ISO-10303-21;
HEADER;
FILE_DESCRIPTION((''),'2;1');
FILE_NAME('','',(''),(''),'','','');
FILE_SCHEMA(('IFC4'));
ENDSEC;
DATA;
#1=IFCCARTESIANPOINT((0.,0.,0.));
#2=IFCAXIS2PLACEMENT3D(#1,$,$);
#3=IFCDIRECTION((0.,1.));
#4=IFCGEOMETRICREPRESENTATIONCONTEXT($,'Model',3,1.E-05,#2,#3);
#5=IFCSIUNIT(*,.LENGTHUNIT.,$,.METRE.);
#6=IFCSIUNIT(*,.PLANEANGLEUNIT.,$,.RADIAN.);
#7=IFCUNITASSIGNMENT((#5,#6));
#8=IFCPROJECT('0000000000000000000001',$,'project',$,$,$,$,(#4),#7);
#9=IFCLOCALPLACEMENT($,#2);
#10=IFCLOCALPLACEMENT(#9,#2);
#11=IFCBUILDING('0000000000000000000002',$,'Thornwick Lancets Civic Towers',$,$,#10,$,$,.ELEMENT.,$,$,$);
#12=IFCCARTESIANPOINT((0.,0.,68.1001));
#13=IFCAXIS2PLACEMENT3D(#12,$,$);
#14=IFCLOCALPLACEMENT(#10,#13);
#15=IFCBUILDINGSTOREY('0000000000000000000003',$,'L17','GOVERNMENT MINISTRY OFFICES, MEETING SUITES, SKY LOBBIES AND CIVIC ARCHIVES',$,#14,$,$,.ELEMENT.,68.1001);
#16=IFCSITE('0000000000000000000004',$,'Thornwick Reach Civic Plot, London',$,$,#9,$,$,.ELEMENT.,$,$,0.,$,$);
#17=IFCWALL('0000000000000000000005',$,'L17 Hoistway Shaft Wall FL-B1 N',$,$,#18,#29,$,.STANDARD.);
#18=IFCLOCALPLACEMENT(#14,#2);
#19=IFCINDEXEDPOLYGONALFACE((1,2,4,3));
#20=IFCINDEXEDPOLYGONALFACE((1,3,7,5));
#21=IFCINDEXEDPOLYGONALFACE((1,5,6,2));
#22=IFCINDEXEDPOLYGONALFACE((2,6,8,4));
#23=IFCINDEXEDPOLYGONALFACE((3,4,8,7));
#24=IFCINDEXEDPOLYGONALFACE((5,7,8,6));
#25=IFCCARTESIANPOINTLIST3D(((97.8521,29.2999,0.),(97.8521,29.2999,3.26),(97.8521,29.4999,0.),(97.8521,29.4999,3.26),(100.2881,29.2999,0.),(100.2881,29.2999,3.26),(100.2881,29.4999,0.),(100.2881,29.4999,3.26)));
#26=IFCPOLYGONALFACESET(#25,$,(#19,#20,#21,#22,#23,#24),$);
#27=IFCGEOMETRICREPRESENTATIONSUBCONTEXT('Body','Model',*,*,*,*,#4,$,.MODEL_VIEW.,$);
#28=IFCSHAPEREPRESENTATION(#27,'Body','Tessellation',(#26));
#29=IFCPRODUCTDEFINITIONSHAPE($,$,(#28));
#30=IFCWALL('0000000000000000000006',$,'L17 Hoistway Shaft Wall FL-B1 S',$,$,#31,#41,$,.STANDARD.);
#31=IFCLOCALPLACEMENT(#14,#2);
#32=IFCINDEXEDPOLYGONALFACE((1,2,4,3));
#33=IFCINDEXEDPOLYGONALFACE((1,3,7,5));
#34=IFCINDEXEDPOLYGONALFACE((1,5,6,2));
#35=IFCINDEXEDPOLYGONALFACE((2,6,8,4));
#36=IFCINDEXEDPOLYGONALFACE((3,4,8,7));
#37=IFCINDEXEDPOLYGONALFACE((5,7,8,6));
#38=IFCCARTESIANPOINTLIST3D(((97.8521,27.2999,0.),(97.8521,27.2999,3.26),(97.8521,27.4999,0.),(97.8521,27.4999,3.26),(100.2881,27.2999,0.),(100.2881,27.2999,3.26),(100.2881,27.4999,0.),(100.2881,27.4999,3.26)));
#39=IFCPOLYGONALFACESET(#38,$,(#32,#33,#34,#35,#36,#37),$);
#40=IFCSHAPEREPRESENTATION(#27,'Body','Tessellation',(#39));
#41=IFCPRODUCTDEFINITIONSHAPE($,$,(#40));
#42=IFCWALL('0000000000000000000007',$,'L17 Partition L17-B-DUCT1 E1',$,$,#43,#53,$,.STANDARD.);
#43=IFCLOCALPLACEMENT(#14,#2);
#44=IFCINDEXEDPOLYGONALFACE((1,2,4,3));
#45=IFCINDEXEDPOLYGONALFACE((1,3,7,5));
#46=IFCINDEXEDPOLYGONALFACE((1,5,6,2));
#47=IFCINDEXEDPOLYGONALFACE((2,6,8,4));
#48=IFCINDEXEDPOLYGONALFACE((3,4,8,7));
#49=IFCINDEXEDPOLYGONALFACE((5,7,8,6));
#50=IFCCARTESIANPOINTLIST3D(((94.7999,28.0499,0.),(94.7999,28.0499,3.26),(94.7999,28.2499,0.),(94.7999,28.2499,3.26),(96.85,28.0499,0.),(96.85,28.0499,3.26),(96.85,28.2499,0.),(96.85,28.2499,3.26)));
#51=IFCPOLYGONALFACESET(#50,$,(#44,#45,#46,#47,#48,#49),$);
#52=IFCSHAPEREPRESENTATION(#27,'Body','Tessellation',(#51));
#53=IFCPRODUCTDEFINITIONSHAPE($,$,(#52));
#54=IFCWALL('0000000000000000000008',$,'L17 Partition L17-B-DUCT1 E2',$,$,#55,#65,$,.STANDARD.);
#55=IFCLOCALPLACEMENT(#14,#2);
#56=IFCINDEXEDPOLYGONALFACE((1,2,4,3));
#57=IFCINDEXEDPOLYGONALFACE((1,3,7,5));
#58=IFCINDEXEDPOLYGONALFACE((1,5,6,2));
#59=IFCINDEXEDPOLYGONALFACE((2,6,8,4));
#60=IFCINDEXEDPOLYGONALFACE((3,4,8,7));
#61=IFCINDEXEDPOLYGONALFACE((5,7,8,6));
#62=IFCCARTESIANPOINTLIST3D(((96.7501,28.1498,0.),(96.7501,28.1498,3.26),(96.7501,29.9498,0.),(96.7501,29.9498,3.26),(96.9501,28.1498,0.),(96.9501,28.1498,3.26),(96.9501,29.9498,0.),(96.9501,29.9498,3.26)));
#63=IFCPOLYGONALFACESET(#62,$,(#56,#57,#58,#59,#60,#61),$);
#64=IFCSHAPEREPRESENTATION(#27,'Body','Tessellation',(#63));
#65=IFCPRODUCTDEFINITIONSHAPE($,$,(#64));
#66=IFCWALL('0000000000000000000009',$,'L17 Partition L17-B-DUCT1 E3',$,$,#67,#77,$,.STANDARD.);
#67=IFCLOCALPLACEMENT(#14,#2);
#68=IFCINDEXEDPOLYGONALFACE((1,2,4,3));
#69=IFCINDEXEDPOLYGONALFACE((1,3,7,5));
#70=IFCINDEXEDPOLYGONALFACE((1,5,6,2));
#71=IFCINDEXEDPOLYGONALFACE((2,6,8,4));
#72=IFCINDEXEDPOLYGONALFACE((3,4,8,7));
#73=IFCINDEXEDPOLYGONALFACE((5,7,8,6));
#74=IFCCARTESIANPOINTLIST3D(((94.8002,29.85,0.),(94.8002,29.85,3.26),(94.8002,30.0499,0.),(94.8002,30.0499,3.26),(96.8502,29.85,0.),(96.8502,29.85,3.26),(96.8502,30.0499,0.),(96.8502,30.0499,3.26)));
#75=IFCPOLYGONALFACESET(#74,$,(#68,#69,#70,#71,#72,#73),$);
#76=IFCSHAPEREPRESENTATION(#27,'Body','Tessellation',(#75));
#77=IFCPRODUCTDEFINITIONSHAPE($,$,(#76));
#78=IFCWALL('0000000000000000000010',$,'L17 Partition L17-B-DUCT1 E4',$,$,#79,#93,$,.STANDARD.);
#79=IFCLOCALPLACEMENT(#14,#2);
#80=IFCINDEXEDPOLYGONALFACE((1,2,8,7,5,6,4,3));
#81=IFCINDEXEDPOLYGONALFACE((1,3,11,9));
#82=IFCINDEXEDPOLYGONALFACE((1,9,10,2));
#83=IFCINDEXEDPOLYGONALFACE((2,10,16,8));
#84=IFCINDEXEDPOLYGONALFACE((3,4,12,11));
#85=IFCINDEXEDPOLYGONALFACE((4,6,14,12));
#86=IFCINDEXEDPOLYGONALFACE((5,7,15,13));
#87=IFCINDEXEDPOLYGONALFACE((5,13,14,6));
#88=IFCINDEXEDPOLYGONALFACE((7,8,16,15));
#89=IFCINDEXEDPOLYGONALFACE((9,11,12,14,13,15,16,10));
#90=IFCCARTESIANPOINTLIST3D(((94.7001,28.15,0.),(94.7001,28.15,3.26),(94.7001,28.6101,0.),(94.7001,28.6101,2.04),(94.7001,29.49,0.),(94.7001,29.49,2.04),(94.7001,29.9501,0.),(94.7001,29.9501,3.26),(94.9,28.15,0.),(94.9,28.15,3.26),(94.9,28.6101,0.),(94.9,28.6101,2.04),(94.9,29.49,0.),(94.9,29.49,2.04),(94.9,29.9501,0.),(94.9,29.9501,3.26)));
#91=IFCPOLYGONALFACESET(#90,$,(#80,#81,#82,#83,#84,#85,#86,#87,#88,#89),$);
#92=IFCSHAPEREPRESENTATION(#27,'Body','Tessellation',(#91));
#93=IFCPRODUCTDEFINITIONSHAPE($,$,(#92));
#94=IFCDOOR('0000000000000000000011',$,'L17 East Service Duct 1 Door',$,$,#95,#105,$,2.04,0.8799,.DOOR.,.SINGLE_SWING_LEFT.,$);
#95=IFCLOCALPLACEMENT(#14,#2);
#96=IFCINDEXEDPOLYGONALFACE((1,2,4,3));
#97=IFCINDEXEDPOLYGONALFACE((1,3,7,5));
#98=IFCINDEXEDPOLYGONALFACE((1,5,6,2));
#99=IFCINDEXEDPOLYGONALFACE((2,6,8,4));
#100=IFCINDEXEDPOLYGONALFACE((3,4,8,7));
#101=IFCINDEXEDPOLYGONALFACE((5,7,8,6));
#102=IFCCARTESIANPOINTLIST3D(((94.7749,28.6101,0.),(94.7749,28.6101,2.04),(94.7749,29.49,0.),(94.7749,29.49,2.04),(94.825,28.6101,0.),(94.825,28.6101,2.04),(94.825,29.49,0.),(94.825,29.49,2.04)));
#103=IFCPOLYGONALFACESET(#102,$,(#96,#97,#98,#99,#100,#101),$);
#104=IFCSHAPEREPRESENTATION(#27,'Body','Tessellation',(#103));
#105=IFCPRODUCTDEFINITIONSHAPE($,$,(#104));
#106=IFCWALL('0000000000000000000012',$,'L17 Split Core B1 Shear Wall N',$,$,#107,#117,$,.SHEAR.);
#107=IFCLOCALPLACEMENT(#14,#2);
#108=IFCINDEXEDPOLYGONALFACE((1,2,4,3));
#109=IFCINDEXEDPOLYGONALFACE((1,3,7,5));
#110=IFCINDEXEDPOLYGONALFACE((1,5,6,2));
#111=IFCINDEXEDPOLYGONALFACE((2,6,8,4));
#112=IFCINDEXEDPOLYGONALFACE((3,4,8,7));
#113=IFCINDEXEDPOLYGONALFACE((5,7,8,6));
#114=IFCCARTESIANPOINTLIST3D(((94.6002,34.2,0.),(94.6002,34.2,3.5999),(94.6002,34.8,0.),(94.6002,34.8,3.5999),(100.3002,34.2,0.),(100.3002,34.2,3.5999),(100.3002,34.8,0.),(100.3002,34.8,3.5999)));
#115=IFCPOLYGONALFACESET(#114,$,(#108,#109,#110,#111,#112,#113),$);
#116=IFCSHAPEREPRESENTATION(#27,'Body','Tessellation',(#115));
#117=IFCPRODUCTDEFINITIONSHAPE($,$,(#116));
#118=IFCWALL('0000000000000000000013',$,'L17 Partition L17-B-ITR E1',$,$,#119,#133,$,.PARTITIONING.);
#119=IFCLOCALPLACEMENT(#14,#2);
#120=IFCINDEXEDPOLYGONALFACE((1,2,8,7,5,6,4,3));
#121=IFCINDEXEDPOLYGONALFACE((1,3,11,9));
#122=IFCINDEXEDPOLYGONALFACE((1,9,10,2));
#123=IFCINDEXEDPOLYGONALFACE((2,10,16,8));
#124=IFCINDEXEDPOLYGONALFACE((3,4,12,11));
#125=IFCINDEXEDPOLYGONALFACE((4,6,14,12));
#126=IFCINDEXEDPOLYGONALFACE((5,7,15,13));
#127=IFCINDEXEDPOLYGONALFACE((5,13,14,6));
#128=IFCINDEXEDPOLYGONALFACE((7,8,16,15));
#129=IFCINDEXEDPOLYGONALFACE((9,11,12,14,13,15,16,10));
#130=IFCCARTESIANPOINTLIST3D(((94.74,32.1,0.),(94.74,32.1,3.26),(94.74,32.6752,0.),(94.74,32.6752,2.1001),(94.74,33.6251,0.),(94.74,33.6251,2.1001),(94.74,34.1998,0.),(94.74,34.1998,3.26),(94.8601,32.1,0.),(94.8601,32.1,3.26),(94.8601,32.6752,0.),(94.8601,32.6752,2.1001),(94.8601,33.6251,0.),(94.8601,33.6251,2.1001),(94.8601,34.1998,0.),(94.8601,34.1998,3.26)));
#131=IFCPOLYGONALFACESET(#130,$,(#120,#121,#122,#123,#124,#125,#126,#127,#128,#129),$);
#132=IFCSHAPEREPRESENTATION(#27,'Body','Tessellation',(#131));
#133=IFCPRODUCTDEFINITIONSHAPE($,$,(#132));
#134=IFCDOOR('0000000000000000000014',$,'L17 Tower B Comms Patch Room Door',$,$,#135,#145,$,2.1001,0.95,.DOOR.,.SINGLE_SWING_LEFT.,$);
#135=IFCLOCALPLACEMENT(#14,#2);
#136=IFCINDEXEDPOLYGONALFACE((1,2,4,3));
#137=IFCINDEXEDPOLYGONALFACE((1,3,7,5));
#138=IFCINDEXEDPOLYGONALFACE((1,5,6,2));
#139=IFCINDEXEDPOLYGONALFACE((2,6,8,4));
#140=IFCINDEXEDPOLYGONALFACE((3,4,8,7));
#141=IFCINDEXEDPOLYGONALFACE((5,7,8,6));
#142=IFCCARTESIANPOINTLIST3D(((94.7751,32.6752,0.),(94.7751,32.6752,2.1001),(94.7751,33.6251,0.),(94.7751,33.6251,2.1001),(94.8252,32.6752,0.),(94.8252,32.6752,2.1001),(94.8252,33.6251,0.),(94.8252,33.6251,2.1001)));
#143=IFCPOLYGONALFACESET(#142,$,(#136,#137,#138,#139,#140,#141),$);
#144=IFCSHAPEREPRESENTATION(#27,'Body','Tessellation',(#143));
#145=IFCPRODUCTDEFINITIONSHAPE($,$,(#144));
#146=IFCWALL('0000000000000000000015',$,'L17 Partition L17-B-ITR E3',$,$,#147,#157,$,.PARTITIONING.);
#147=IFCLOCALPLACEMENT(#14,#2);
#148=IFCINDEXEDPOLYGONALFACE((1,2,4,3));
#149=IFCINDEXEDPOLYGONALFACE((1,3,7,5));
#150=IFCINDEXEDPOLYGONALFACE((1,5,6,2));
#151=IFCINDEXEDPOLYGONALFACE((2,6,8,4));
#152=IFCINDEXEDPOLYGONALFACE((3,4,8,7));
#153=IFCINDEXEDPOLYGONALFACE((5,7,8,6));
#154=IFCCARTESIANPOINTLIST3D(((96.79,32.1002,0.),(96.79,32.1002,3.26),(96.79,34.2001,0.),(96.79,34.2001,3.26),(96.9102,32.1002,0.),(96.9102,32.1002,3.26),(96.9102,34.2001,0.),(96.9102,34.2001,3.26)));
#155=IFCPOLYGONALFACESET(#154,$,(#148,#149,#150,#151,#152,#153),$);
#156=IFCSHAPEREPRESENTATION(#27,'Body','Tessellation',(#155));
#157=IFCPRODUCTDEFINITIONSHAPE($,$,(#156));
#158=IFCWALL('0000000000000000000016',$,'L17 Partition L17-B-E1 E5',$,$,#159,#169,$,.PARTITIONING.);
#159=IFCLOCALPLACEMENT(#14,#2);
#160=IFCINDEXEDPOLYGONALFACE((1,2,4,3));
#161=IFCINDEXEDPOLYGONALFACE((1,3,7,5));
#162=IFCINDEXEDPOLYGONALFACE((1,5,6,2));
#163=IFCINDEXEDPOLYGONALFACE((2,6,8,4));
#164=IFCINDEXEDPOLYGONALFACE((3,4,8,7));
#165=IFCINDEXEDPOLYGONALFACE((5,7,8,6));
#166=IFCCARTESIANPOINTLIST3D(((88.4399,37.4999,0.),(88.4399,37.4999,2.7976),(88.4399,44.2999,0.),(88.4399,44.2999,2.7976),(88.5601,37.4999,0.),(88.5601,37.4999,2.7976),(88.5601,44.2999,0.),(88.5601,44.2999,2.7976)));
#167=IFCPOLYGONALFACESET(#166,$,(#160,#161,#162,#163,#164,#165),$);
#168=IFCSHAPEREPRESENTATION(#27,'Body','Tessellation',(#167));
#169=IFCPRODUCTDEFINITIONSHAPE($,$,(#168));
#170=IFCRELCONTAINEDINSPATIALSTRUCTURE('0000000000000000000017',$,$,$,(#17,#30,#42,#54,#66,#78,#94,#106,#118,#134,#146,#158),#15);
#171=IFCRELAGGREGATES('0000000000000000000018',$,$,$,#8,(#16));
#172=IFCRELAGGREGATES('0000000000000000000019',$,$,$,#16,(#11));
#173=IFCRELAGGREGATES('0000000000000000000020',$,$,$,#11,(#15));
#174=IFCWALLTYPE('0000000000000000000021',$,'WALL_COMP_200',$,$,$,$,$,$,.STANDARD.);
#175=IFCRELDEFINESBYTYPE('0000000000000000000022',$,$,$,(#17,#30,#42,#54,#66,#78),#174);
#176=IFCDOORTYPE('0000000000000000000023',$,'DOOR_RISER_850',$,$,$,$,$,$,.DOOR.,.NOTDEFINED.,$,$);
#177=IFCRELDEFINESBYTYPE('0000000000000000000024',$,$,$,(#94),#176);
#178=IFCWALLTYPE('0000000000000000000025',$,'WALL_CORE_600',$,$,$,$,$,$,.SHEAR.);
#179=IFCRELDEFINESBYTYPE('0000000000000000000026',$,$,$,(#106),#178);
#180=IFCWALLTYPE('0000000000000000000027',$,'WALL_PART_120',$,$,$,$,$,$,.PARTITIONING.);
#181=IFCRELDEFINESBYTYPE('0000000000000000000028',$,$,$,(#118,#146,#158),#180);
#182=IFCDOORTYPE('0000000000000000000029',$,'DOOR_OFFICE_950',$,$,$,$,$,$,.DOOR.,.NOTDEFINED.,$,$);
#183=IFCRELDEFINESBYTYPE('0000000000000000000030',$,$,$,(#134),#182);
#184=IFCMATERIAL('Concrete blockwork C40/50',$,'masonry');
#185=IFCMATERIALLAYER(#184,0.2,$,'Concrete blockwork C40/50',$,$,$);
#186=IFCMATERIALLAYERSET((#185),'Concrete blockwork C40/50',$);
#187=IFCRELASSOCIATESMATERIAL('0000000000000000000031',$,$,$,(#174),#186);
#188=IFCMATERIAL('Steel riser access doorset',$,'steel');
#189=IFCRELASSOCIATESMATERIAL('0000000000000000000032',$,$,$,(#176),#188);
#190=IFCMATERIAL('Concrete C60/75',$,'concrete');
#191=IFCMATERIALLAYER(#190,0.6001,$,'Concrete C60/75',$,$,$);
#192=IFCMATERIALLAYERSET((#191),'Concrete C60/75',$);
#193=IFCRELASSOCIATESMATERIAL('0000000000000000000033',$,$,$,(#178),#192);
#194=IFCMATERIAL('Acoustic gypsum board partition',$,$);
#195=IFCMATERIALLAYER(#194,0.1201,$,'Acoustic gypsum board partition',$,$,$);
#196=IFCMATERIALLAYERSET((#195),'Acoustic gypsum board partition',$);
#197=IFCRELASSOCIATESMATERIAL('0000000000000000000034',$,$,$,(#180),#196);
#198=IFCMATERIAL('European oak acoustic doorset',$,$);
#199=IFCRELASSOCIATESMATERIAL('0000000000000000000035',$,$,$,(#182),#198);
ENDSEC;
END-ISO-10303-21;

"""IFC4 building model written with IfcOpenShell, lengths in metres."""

from ifc_helpers import new_model, si_unit, direction, frame, frame_2d, origin, place, context, subcontext, project, spatial, rectangle, extrude, material, layer, layer_set, type_object, element, fill, save


model = new_model("IFC4")

# Units and contexts
model_context = context("Model", 3, precision=1e-05, world=origin(), true_north=direction((0.0, 1.0)))
body_context = subcontext(model_context, "Body", "Model", "MODEL_VIEW")
ifc_project = project(units=[si_unit("LENGTHUNIT", "METRE"), si_unit("PLANEANGLEUNIT", "RADIAN")], contexts=[model_context])

# Site, building, storey
site_placement = place(None, origin())
site = spatial("IfcSite", under=ifc_project, at=site_placement, Name="Thornwick Reach Civic Plot, London", CompositionType="ELEMENT", RefElevation=0.0)
building_placement = place(site_placement, origin())
building = spatial("IfcBuilding", under=site, at=building_placement, Name="Thornwick Lancets Civic Towers", CompositionType="ELEMENT")
storey_placement = place(building_placement, frame((0.0, 0.0, 68.1001)))
storey = spatial("IfcBuildingStorey", under=building, at=storey_placement, Name="L17", Description="GOVERNMENT MINISTRY OFFICES, MEETING SUITES, SKY LOBBIES AND CIVIC ARCHIVES", CompositionType="ELEMENT", Elevation=68.1001)

# Walls
ifc_material_1 = material(Name="Concrete blockwork C40/50", Category="masonry")
ifc_layer_1 = layer(ifc_material_1, 0.2, Name="Concrete blockwork C40/50")
ifc_layer_set_1 = layer_set([ifc_layer_1], Name="Concrete blockwork C40/50")
wall_type_1 = type_object("IfcWallType", Name="WALL_COMP_200", PredefinedType="STANDARD", material=ifc_layer_set_1)
for number, where, z_axis, x_axis, name in (
    (1, (97.8521, 29.3999, 0.0), (0.0, 0.0, 1.0), (1.0, 0.0, 0.0), "L17 Hoistway Shaft Wall FL-B1 N"),
    (2, (97.8521, 27.3999, 0.0), (0.0, 0.0, 1.0), (1.0, 0.0, 0.0), "L17 Hoistway Shaft Wall FL-B1 S"),
):
    element("IfcWall", number, at=place(storey_placement, frame(where, z_axis=z_axis, x_axis=x_axis)), inside=storey, type_object=wall_type_1, Name=name, PredefinedType="STANDARD", context=body_context, shape_type="SweptSolid", body=[
        extrude(rectangle(XDim=2.436, YDim=0.2, at=frame_2d((1.218, 0.0))), origin(), (0.0, 0.0, 1.0), 3.26),
    ])
wall_1_placement = place(storey_placement, frame((94.8, 28.1499, 0.0), z_axis=(0.0, 0.0, 1.0), x_axis=(1.0, 0.0, 0.0)))
element("IfcWall", 3, at=wall_1_placement, inside=storey, type_object=wall_type_1, Name="L17 Partition L17-B-DUCT1 E1", PredefinedType="STANDARD", context=body_context, shape_type="SweptSolid", body=[
    extrude(rectangle(XDim=2.05, YDim=0.2, at=frame_2d((1.0249, 0.0))), origin(), (0.0, 0.0, 1.0), 3.26),
])
wall_2_placement = place(storey_placement, frame((96.8501, 28.1499, 0.0), z_axis=(0.0, 0.0, 1.0), x_axis=(0.0, 1.0, 0.0)))
element("IfcWall", 4, at=wall_2_placement, inside=storey, type_object=wall_type_1, Name="L17 Partition L17-B-DUCT1 E2", PredefinedType="STANDARD", context=body_context, shape_type="SweptSolid", body=[
    extrude(rectangle(XDim=1.8, YDim=0.2, at=frame_2d((0.8999, 0.0))), origin(), (0.0, 0.0, 1.0), 3.26),
])
wall_3_placement = place(storey_placement, frame((96.8501, 29.95, 0.0), z_axis=(0.0, 0.0, 1.0), x_axis=(-1.0, 0.0, 0.0)))
element("IfcWall", 5, at=wall_3_placement, inside=storey, type_object=wall_type_1, Name="L17 Partition L17-B-DUCT1 E3", PredefinedType="STANDARD", context=body_context, shape_type="SweptSolid", body=[
    extrude(rectangle(XDim=2.05, YDim=0.2, at=frame_2d((1.0249, 0.0))), origin(), (0.0, 0.0, 1.0), 3.26),
])

# Wall, opening, door
wall_4_placement = place(storey_placement, frame((94.8, 29.95, 0.0), z_axis=(0.0, 0.0, 1.0), x_axis=(0.0, -1.0, 0.0)))
wall_4 = element("IfcWall", 6, at=wall_4_placement, inside=storey, type_object=wall_type_1, Name="L17 Partition L17-B-DUCT1 E4", PredefinedType="STANDARD", context=body_context, shape_type="SweptSolid", body=[
    extrude(rectangle(XDim=1.8, YDim=0.2, at=frame_2d((0.8999, 0.0))), origin(), (0.0, 0.0, 1.0), 3.26),
])
opening_1_placement = place(wall_4_placement, frame((0.46, 0.0, 0.0)))
opening_1 = element("IfcOpeningElement", 7, at=opening_1_placement, cuts=wall_4, PredefinedType="OPENING", context=body_context, shape_type="SweptSolid", body=[
    extrude(rectangle(XDim=0.8799, YDim=2.04, at=frame_2d((0.4399, 1.02))), frame((0.0, 0.1099, 0.0), z_axis=(0.0, -1.0, 0.0), x_axis=(1.0, 0.0, 0.0)), (0.0, 0.0, 1.0), 0.22),
])
ifc_material_2 = material(Name="Steel riser access doorset", Category="steel")
door_type_1 = type_object("IfcDoorType", Name="DOOR_RISER_850", OperationType="NOTDEFINED", PredefinedType="DOOR", material=ifc_material_2)
door_1_placement = place(opening_1_placement, origin())
door_1 = element("IfcDoor", 8, at=door_1_placement, inside=storey, type_object=door_type_1, Name="L17 East Service Duct 1 Door", OperationType="SINGLE_SWING_LEFT", OverallHeight=2.04, OverallWidth=0.8799, PredefinedType="DOOR", context=body_context, shape_type="SweptSolid", body=[
    extrude(rectangle(XDim=0.8799, YDim=2.04, at=frame_2d((0.4399, 1.02))), frame((0.0, 0.0249, 0.0), z_axis=(0.0, -1.0, 0.0), x_axis=(1.0, 0.0, 0.0)), (0.0, 0.0, 1.0), 0.05),
])
fill(opening_1, door_1)

# Wall
ifc_material_3 = material(Name="Concrete C60/75", Category="concrete")
ifc_layer_2 = layer(ifc_material_3, 0.6001, Name="Concrete C60/75")
ifc_layer_set_2 = layer_set([ifc_layer_2], Name="Concrete C60/75")
wall_type_2 = type_object("IfcWallType", Name="WALL_CORE_600", PredefinedType="SHEAR", material=ifc_layer_set_2)
wall_5_placement = place(storey_placement, frame((94.6001, 34.5, 0.0), z_axis=(0.0, 0.0, 1.0), x_axis=(1.0, 0.0, 0.0)))
element("IfcWall", 9, at=wall_5_placement, inside=storey, type_object=wall_type_2, Name="L17 Split Core B1 Shear Wall N", PredefinedType="SHEAR", context=body_context, shape_type="SweptSolid", body=[
    extrude(rectangle(XDim=5.7, YDim=0.6001, at=frame_2d((2.8501, 0.0))), origin(), (0.0, 0.0, 1.0), 3.5999),
])

# Wall, opening, door
ifc_material_4 = material(Name="Acoustic gypsum board partition")
ifc_layer_3 = layer(ifc_material_4, 0.1201, Name="Acoustic gypsum board partition")
ifc_layer_set_3 = layer_set([ifc_layer_3], Name="Acoustic gypsum board partition")
wall_type_3 = type_object("IfcWallType", Name="WALL_PART_120", PredefinedType="PARTITIONING", material=ifc_layer_set_3)
wall_6_placement = place(storey_placement, frame((94.8, 32.1001, 0.0), z_axis=(0.0, 0.0, 1.0), x_axis=(0.0, 1.0, 0.0)))
wall_6 = element("IfcWall", 10, at=wall_6_placement, inside=storey, type_object=wall_type_3, Name="L17 Partition L17-B-ITR E1", PredefinedType="PARTITIONING", context=body_context, shape_type="SweptSolid", body=[
    extrude(rectangle(XDim=2.0999, YDim=0.1201, at=frame_2d((1.0498, 0.0))), origin(), (0.0, 0.0, 1.0), 3.26),
])
opening_2_placement = place(wall_6_placement, frame((0.575, 0.0, 0.0)))
opening_2 = element("IfcOpeningElement", 11, at=opening_2_placement, cuts=wall_6, PredefinedType="OPENING", context=body_context, shape_type="SweptSolid", body=[
    extrude(rectangle(XDim=0.95, YDim=2.1001, at=frame_2d((0.4751, 1.05))), frame((0.0, 0.0701, 0.0), z_axis=(0.0, -1.0, 0.0), x_axis=(1.0, 0.0, 0.0)), (0.0, 0.0, 1.0), 0.1401),
])
ifc_material_5 = material(Name="European oak acoustic doorset")
door_type_2 = type_object("IfcDoorType", Name="DOOR_OFFICE_950", OperationType="NOTDEFINED", PredefinedType="DOOR", material=ifc_material_5)
door_2_placement = place(opening_2_placement, origin())
door_2 = element("IfcDoor", 12, at=door_2_placement, inside=storey, type_object=door_type_2, Name="L17 Tower B Comms Patch Room Door", OperationType="SINGLE_SWING_LEFT", OverallHeight=2.1001, OverallWidth=0.95, PredefinedType="DOOR", context=body_context, shape_type="SweptSolid", body=[
    extrude(rectangle(XDim=0.95, YDim=2.1001, at=frame_2d((0.4751, 1.05))), frame((0.0, 0.0249, 0.0), z_axis=(0.0, -1.0, 0.0), x_axis=(1.0, 0.0, 0.0)), (0.0, 0.0, 1.0), 0.05),
])
fill(opening_2, door_2)

# Walls
wall_7_placement = place(storey_placement, frame((96.8501, 34.2, 0.0), z_axis=(0.0, 0.0, 1.0), x_axis=(0.0, -1.0, 0.0)))
element("IfcWall", 13, at=wall_7_placement, inside=storey, type_object=wall_type_3, Name="L17 Partition L17-B-ITR E3", PredefinedType="PARTITIONING", context=body_context, shape_type="SweptSolid", body=[
    extrude(rectangle(XDim=2.0999, YDim=0.1201, at=frame_2d((1.0498, 0.0))), origin(), (0.0, 0.0, 1.0), 3.26),
])
wall_8_placement = place(storey_placement, frame((88.5, 37.5, 0.0), z_axis=(0.0, 0.0, 1.0), x_axis=(0.0, 1.0, 0.0)))
element("IfcWall", 14, at=wall_8_placement, inside=storey, type_object=wall_type_3, Name="L17 Partition L17-B-E1 E5", PredefinedType="PARTITIONING", context=body_context, shape_type="SweptSolid", body=[
    extrude(rectangle(XDim=6.8, YDim=0.1201, at=frame_2d((3.3999, 0.0))), origin(), (0.0, 0.0, 1.0), 2.7976),
])

save(model, "model.ifc")
